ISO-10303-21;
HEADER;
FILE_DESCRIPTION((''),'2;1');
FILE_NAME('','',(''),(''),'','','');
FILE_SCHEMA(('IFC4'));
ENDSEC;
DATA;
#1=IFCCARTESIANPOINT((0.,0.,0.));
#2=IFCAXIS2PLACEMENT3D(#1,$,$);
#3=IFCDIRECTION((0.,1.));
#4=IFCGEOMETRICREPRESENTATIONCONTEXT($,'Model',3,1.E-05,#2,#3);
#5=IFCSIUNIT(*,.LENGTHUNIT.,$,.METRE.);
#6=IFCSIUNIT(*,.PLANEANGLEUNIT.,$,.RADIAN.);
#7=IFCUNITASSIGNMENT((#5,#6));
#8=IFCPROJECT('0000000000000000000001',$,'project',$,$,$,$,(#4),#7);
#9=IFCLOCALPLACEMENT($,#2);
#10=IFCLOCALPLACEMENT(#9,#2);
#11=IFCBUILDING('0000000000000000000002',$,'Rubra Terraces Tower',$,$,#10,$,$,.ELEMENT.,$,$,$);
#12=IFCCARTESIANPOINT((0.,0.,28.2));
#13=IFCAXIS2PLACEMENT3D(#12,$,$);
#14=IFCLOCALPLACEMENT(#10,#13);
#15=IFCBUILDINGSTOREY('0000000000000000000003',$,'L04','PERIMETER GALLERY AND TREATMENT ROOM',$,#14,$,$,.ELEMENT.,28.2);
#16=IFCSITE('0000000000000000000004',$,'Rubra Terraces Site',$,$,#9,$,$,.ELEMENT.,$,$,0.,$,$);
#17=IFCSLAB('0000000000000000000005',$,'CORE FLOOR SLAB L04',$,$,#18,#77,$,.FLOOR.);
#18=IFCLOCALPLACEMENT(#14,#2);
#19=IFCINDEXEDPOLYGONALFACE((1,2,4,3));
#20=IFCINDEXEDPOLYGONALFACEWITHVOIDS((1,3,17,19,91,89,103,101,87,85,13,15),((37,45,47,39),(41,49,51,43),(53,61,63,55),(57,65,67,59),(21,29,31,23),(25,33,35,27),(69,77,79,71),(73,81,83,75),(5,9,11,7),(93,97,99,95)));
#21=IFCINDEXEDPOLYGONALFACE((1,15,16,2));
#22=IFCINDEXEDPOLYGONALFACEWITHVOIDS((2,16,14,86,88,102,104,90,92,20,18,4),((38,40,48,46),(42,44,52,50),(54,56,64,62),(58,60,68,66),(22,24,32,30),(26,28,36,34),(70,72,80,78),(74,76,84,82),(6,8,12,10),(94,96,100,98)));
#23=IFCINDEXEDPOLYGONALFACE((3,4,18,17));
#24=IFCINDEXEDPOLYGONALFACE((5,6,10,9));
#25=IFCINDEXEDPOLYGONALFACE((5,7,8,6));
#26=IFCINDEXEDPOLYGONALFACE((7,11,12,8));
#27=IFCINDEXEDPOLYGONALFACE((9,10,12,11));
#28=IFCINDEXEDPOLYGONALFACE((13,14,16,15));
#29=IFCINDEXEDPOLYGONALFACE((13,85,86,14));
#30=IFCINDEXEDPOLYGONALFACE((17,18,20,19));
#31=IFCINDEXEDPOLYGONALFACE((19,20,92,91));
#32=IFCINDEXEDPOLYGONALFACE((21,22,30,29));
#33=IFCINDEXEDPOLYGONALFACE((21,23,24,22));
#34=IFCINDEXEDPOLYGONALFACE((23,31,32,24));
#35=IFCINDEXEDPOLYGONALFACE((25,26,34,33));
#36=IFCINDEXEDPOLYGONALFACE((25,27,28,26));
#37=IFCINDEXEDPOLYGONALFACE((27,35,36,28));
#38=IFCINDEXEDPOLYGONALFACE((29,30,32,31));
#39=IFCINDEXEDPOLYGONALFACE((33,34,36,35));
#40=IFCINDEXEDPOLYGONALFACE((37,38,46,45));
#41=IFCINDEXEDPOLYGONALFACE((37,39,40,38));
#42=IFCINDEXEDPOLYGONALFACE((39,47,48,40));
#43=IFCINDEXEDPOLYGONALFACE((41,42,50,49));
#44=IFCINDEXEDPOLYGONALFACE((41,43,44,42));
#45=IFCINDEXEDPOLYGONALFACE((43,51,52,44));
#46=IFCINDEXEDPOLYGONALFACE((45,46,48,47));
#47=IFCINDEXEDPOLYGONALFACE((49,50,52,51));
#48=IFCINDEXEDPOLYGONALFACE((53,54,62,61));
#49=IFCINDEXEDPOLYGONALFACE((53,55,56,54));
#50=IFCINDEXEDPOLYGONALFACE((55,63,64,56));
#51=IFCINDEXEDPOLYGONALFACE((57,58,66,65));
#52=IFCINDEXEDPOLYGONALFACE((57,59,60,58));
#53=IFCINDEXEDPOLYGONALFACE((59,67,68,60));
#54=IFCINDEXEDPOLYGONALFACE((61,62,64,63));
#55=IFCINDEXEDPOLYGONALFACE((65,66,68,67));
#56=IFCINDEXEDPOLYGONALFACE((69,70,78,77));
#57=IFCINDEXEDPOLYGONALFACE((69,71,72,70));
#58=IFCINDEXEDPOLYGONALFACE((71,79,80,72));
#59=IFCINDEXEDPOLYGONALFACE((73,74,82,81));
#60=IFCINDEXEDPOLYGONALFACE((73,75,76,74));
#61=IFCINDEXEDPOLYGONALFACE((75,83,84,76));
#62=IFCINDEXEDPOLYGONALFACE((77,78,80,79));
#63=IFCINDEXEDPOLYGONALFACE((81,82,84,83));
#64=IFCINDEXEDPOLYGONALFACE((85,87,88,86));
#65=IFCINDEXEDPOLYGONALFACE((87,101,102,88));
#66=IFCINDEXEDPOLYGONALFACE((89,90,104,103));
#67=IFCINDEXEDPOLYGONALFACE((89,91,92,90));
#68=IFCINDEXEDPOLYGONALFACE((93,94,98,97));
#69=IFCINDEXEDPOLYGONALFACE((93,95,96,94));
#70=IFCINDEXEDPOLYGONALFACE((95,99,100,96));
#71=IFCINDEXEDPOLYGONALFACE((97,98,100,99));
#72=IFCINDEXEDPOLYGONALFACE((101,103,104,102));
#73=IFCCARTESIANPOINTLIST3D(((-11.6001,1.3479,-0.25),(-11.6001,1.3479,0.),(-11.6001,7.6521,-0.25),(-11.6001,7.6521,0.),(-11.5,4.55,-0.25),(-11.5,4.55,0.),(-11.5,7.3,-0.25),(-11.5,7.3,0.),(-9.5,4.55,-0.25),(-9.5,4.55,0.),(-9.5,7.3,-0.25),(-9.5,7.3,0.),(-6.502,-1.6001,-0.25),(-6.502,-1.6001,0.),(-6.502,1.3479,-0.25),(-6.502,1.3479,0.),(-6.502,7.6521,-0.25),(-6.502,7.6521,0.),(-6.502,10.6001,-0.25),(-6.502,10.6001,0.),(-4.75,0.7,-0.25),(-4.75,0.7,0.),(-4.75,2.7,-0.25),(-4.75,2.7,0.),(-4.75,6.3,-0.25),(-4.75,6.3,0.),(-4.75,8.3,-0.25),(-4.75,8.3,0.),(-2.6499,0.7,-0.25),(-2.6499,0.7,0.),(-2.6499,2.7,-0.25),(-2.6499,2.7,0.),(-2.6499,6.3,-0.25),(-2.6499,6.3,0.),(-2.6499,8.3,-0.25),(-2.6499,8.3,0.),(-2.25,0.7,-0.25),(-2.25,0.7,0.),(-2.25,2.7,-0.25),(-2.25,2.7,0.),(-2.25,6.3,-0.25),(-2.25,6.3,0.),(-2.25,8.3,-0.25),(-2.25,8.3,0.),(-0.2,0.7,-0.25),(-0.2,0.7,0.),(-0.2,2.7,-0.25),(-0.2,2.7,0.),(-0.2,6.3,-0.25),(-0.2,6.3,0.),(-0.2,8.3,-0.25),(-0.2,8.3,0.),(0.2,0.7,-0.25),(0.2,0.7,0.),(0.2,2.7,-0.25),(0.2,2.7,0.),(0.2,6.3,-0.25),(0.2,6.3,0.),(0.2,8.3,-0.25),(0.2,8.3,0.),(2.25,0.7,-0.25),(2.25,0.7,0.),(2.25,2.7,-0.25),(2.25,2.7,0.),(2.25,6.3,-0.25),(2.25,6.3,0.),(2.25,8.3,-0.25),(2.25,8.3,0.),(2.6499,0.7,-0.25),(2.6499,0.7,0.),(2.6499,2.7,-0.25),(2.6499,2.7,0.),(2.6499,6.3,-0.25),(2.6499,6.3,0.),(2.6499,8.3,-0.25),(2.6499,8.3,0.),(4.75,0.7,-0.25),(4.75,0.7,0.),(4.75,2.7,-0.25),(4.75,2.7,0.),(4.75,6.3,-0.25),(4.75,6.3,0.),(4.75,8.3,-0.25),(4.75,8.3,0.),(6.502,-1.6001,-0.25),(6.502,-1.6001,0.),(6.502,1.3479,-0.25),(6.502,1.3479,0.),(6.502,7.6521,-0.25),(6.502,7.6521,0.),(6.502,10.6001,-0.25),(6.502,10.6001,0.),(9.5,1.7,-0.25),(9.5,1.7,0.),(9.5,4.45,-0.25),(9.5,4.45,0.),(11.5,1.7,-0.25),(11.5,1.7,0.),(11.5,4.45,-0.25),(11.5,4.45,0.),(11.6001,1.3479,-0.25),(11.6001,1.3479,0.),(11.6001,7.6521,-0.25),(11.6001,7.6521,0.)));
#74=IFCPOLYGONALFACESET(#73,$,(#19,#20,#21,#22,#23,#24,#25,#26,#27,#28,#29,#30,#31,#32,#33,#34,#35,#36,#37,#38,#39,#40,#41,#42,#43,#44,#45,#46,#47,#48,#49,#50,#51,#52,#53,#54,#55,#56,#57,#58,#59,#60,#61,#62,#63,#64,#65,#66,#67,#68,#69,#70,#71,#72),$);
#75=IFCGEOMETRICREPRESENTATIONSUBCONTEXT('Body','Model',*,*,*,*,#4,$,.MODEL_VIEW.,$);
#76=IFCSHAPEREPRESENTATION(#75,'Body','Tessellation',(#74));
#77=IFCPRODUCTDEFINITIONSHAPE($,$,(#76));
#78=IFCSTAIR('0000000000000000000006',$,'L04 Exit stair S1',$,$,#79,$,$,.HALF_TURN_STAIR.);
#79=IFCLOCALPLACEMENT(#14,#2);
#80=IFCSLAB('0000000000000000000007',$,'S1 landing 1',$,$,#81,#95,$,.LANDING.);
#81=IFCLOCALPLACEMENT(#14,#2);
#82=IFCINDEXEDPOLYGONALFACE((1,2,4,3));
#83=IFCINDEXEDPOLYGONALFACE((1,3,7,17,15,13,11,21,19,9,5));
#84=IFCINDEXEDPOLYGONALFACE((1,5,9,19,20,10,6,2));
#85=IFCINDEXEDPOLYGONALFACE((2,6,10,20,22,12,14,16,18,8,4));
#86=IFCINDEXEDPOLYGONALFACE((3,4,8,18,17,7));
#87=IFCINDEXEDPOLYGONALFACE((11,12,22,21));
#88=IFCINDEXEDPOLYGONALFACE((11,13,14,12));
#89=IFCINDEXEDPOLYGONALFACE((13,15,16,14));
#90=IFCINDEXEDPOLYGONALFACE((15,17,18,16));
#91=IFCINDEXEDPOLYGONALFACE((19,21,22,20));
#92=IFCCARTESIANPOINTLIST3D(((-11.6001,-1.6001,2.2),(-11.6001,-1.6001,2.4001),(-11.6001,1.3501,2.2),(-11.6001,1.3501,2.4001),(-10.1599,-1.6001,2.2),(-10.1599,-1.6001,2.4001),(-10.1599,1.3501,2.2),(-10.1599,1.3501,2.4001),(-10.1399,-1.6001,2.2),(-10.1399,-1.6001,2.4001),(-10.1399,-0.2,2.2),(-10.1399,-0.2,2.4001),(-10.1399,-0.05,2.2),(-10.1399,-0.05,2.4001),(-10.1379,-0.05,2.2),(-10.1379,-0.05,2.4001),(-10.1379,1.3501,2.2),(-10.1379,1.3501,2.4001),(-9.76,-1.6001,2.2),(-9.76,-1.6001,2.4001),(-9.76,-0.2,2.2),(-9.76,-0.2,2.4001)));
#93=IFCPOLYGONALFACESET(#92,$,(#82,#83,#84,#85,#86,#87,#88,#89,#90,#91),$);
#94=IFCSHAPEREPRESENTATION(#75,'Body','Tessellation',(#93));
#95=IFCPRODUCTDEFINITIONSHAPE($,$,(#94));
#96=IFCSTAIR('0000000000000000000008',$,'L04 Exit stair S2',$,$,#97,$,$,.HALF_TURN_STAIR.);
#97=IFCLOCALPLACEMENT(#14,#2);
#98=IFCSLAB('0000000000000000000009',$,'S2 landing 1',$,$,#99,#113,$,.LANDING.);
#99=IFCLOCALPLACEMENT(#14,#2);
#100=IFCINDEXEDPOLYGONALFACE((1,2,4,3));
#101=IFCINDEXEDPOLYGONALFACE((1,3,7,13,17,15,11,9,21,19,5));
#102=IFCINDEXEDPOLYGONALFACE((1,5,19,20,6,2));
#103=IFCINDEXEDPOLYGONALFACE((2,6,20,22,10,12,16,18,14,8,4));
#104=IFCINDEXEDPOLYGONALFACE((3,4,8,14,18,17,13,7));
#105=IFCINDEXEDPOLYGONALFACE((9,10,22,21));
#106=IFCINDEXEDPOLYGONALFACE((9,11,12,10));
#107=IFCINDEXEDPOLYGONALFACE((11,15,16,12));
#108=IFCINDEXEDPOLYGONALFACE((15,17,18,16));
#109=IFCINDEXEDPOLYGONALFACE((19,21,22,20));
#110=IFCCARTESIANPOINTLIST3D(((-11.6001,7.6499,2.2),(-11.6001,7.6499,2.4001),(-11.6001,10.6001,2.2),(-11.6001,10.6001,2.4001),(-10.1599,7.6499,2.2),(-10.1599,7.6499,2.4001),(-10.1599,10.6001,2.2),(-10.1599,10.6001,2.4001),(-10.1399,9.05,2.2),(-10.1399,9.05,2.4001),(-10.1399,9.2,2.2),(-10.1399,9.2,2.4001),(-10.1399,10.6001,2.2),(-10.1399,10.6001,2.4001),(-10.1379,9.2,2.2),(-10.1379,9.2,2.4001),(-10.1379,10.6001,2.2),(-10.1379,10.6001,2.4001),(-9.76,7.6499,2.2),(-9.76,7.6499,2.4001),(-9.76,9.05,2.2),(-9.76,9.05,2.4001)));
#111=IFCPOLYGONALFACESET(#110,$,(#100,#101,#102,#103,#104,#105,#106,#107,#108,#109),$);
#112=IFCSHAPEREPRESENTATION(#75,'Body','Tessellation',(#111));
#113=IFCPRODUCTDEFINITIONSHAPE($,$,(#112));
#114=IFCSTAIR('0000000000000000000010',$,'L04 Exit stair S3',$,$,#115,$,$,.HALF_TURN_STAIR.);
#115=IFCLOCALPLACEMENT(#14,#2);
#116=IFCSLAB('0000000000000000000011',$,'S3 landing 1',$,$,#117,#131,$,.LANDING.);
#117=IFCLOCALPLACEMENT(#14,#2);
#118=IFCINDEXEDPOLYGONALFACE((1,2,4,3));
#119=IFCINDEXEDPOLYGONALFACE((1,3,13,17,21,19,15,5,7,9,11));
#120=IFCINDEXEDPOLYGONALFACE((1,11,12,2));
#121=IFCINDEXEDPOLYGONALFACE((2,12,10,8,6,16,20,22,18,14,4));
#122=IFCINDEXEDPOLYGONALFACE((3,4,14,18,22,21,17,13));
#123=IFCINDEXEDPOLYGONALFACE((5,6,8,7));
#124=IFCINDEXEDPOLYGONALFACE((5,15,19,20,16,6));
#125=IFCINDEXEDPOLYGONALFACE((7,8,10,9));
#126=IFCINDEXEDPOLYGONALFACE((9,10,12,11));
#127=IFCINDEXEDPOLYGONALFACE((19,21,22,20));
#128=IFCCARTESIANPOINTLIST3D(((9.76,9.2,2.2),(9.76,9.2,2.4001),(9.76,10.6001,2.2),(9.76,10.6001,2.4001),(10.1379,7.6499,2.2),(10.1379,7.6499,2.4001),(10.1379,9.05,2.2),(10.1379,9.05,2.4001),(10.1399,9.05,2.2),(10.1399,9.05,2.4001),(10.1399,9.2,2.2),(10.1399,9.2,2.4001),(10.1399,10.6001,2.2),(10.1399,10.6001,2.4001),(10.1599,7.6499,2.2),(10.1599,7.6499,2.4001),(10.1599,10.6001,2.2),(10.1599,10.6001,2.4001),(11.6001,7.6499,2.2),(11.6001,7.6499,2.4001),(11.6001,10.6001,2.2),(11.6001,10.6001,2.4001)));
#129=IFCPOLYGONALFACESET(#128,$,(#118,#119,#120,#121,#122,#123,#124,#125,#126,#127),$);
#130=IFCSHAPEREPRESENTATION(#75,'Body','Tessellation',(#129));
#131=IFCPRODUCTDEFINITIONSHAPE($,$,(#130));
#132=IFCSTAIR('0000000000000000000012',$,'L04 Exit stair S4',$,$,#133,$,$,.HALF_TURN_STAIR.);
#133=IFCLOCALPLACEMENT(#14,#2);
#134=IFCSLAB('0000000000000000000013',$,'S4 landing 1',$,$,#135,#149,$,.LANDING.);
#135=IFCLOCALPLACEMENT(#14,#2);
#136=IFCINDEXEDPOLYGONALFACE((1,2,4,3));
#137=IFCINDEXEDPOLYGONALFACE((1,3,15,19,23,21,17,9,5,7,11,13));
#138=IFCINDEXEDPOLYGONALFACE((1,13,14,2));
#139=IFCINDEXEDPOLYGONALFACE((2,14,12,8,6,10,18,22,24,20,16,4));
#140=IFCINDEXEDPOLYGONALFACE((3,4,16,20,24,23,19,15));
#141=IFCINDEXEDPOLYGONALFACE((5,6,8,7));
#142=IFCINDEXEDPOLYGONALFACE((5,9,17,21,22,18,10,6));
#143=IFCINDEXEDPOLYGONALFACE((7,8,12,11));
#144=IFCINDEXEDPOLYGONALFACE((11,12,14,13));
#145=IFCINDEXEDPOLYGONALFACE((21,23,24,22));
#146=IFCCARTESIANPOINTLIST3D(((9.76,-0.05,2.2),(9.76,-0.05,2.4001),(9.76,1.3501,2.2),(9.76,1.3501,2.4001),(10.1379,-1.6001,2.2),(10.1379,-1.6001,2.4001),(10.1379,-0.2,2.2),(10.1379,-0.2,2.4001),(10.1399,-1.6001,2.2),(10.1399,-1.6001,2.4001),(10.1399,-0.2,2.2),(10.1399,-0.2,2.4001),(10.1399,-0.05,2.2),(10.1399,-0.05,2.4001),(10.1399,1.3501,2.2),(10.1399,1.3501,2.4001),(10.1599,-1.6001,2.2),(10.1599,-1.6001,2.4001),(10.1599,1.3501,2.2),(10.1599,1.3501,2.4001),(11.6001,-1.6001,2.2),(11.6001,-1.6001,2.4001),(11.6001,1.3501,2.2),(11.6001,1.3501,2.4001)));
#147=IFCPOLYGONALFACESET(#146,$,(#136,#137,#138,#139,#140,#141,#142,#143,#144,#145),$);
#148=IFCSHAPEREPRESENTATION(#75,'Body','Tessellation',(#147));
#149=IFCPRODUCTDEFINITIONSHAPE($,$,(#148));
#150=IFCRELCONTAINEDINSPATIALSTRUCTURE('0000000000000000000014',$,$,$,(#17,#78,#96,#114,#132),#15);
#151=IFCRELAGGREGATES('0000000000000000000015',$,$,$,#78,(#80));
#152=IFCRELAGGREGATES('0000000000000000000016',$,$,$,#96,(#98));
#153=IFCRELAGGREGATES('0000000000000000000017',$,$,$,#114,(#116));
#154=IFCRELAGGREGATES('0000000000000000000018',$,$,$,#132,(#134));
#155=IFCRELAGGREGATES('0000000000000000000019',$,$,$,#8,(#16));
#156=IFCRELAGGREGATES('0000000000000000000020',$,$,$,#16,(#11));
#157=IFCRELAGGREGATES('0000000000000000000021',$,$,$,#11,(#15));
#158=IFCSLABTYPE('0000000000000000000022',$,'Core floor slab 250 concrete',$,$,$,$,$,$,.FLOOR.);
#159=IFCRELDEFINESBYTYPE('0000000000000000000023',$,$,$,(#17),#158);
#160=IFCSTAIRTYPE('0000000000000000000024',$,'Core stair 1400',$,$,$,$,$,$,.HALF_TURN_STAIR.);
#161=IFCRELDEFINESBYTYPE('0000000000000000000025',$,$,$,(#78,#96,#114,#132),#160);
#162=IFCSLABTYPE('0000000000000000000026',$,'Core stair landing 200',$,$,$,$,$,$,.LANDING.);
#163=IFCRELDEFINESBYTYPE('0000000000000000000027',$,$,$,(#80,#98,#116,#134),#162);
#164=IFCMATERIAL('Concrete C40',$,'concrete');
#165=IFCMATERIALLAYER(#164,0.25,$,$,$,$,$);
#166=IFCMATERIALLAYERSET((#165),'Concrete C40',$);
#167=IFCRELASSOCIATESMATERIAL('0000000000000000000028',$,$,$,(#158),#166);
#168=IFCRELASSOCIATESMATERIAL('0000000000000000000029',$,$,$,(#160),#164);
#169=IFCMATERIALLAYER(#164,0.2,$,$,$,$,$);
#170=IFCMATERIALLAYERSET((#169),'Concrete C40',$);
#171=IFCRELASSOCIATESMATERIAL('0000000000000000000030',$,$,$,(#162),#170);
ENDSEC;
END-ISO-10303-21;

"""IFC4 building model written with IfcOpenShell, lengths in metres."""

from ifc_helpers import new_model, si_unit, direction, frame, origin, place, context, subcontext, project, spatial, polyline, outline, extrude, material, layer, layer_set, type_object, element, aggregate, save


model = new_model("IFC4")

# Units and contexts
model_context = context("Model", 3, precision=1e-05, world=origin(), true_north=direction((0.0, 1.0)))
body_context = subcontext(model_context, "Body", "Model", "MODEL_VIEW")
ifc_project = project(units=[si_unit("LENGTHUNIT", "METRE"), si_unit("PLANEANGLEUNIT", "RADIAN")], contexts=[model_context])

# Site, building, storey
site_placement = place(None, origin())
site = spatial("IfcSite", under=ifc_project, at=site_placement, Name="Rubra Terraces Site", CompositionType="ELEMENT", RefElevation=0.0)
building_placement = place(site_placement, origin())
building = spatial("IfcBuilding", under=site, at=building_placement, Name="Rubra Terraces Tower", CompositionType="ELEMENT")
storey_placement = place(building_placement, frame((0.0, 0.0, 28.2)))
storey = spatial("IfcBuildingStorey", under=building, at=storey_placement, Name="L04", Description="PERIMETER GALLERY AND TREATMENT ROOM", CompositionType="ELEMENT", Elevation=28.2)

# Slab
ifc_material_1 = material(Name="Concrete C40", Category="concrete")
ifc_layer_1 = layer(ifc_material_1, 0.25)
ifc_layer_set_1 = layer_set([ifc_layer_1], Name="Concrete C40")
slab_type_1 = type_object("IfcSlabType", Name="Core floor slab 250 concrete", PredefinedType="FLOOR", material=ifc_layer_set_1)
slab_1_placement = place(storey_placement, frame((0.0, 0.0, -0.25)))
element("IfcSlab", 1, at=slab_1_placement, inside=storey, type_object=slab_type_1, Name="CORE FLOOR SLAB L04", PredefinedType="FLOOR", context=body_context, shape_type="SweptSolid", body=[
    extrude(outline(polyline([(-11.6001, 1.3479), (-11.6001, 7.6521), (-6.502, 7.6521), (-6.502, 10.6001), (6.502, 10.6001), (6.502, 7.6521), (11.6001, 7.6521), (11.6001, 1.3479), (6.502, 1.3479), (6.502, -1.6001), (-6.502, -1.6001), (-6.502, 1.3479), (-11.6001, 1.3479)]), holes=[polyline([(9.5, 1.7), (11.5, 1.7), (11.5, 4.45), (9.5, 4.45), (9.5, 1.7)]), polyline([(4.75, 0.7), (4.75, 2.7), (2.6499, 2.7), (2.6499, 0.7), (4.75, 0.7)]), polyline([(4.75, 6.3), (4.75, 8.3), (2.6499, 8.3), (2.6499, 6.3), (4.75, 6.3)]), polyline([(2.25, 0.7), (2.25, 2.7), (0.2, 2.7), (0.2, 0.7), (2.25, 0.7)]), polyline([(2.25, 6.3), (2.25, 8.3), (0.2, 8.3), (0.2, 6.3), (2.25, 6.3)]), polyline([(-0.2, 0.7), (-0.2, 2.7), (-2.25, 2.7), (-2.25, 0.7), (-0.2, 0.7)]), polyline([(-0.2, 6.3), (-0.2, 8.3), (-2.25, 8.3), (-2.25, 6.3), (-0.2, 6.3)]), polyline([(-2.6499, 0.7), (-2.6499, 2.7), (-4.75, 2.7), (-4.75, 0.7), (-2.6499, 0.7)]), polyline([(-2.6499, 8.3), (-4.75, 8.3), (-4.75, 6.3), (-2.6499, 6.3), (-2.6499, 8.3)]), polyline([(-9.5, 7.3), (-11.5, 7.3), (-11.5, 4.55), (-9.5, 4.55), (-9.5, 7.3)])]), origin(), (0.0, 0.0, 1.0), 0.25),
])

# Stairs, slabs
stair_type = type_object("IfcStairType", Name="Core stair 1400", PredefinedType="HALF_TURN_STAIR", material=ifc_material_1)
stair_1_placement = place(storey_placement, origin())
stair_1 = element("IfcStair", 2, at=stair_1_placement, inside=storey, type_object=stair_type, Name="L04 Exit stair S1", PredefinedType="HALF_TURN_STAIR")
ifc_layer_2 = layer(ifc_material_1, 0.2)
ifc_layer_set_2 = layer_set([ifc_layer_2], Name="Concrete C40")
slab_type_2 = type_object("IfcSlabType", Name="Core stair landing 200", PredefinedType="LANDING", material=ifc_layer_set_2)
slab_2_placement = place(storey_placement, frame((0.0, 0.0, 2.2)))
slab_2 = element("IfcSlab", 3, at=slab_2_placement, type_object=slab_type_2, Name="S1 landing 1", PredefinedType="LANDING", context=body_context, shape_type="SweptSolid", body=[
    extrude(outline(polyline([(-9.76, -0.2), (-9.76, -1.6001), (-10.1399, -1.6001), (-10.1599, -1.6001), (-11.6001, -1.6001), (-11.6001, 1.3501), (-10.1599, 1.3501), (-10.1379, 1.3501), (-10.1379, -0.05), (-10.1399, -0.05), (-10.1399, -0.2), (-9.76, -0.2)])), origin(), (0.0, 0.0, 1.0), 0.2002),
])
aggregate(stair_1, [slab_2])
stair_2_placement = place(storey_placement, origin())
stair_2 = element("IfcStair", 4, at=stair_2_placement, inside=storey, type_object=stair_type, Name="L04 Exit stair S2", PredefinedType="HALF_TURN_STAIR")
slab_3_placement = place(storey_placement, frame((0.0, 0.0, 2.2)))
slab_3 = element("IfcSlab", 5, at=slab_3_placement, type_object=slab_type_2, Name="S2 landing 1", PredefinedType="LANDING", context=body_context, shape_type="SweptSolid", body=[
    extrude(outline(polyline([(-9.76, 9.05), (-9.76, 7.6499), (-10.1599, 7.6499), (-11.6001, 7.6499), (-11.6001, 10.6001), (-10.1599, 10.6001), (-10.1399, 10.6001), (-10.1379, 10.6001), (-10.1379, 9.2), (-10.1399, 9.2), (-10.1399, 9.05), (-9.76, 9.05)])), origin(), (0.0, 0.0, 1.0), 0.2002),
])
aggregate(stair_2, [slab_3])
stair_3_placement = place(storey_placement, origin())
stair_3 = element("IfcStair", 6, at=stair_3_placement, inside=storey, type_object=stair_type, Name="L04 Exit stair S3", PredefinedType="HALF_TURN_STAIR")
slab_4_placement = place(storey_placement, frame((0.0, 0.0, 2.2)))
slab_4 = element("IfcSlab", 7, at=slab_4_placement, type_object=slab_type_2, Name="S3 landing 1", PredefinedType="LANDING", context=body_context, shape_type="SweptSolid", body=[
    extrude(outline(polyline([(10.1399, 9.05), (10.1399, 9.2), (9.76, 9.2), (9.76, 10.6001), (10.1399, 10.6001), (10.1599, 10.6001), (11.6001, 10.6001), (11.6001, 7.6499), (10.1599, 7.6499), (10.1379, 7.6499), (10.1379, 9.05), (10.1399, 9.05)])), origin(), (0.0, 0.0, 1.0), 0.2002),
])
stair_4_placement = place(storey_placement, origin())
stair_4 = element("IfcStair", 8, at=stair_4_placement, inside=storey, type_object=stair_type, Name="L04 Exit stair S4", PredefinedType="HALF_TURN_STAIR")
slab_5_placement = place(storey_placement, frame((0.0, 0.0, 2.2)))
slab_5 = element("IfcSlab", 9, at=slab_5_placement, type_object=slab_type_2, Name="S4 landing 1", PredefinedType="LANDING", context=body_context, shape_type="SweptSolid", body=[
    extrude(outline(polyline([(10.1399, -0.2), (10.1399, -0.05), (9.76, -0.05), (9.76, 1.3501), (10.1399, 1.3501), (10.1599, 1.3501), (11.6001, 1.3501), (11.6001, -1.6001), (10.1599, -1.6001), (10.1399, -1.6001), (10.1379, -1.6001), (10.1379, -0.2), (10.1399, -0.2)])), origin(), (0.0, 0.0, 1.0), 0.2002),
])

aggregate(stair_3, [slab_4])
aggregate(stair_4, [slab_5])

save(model, "model.ifc")
